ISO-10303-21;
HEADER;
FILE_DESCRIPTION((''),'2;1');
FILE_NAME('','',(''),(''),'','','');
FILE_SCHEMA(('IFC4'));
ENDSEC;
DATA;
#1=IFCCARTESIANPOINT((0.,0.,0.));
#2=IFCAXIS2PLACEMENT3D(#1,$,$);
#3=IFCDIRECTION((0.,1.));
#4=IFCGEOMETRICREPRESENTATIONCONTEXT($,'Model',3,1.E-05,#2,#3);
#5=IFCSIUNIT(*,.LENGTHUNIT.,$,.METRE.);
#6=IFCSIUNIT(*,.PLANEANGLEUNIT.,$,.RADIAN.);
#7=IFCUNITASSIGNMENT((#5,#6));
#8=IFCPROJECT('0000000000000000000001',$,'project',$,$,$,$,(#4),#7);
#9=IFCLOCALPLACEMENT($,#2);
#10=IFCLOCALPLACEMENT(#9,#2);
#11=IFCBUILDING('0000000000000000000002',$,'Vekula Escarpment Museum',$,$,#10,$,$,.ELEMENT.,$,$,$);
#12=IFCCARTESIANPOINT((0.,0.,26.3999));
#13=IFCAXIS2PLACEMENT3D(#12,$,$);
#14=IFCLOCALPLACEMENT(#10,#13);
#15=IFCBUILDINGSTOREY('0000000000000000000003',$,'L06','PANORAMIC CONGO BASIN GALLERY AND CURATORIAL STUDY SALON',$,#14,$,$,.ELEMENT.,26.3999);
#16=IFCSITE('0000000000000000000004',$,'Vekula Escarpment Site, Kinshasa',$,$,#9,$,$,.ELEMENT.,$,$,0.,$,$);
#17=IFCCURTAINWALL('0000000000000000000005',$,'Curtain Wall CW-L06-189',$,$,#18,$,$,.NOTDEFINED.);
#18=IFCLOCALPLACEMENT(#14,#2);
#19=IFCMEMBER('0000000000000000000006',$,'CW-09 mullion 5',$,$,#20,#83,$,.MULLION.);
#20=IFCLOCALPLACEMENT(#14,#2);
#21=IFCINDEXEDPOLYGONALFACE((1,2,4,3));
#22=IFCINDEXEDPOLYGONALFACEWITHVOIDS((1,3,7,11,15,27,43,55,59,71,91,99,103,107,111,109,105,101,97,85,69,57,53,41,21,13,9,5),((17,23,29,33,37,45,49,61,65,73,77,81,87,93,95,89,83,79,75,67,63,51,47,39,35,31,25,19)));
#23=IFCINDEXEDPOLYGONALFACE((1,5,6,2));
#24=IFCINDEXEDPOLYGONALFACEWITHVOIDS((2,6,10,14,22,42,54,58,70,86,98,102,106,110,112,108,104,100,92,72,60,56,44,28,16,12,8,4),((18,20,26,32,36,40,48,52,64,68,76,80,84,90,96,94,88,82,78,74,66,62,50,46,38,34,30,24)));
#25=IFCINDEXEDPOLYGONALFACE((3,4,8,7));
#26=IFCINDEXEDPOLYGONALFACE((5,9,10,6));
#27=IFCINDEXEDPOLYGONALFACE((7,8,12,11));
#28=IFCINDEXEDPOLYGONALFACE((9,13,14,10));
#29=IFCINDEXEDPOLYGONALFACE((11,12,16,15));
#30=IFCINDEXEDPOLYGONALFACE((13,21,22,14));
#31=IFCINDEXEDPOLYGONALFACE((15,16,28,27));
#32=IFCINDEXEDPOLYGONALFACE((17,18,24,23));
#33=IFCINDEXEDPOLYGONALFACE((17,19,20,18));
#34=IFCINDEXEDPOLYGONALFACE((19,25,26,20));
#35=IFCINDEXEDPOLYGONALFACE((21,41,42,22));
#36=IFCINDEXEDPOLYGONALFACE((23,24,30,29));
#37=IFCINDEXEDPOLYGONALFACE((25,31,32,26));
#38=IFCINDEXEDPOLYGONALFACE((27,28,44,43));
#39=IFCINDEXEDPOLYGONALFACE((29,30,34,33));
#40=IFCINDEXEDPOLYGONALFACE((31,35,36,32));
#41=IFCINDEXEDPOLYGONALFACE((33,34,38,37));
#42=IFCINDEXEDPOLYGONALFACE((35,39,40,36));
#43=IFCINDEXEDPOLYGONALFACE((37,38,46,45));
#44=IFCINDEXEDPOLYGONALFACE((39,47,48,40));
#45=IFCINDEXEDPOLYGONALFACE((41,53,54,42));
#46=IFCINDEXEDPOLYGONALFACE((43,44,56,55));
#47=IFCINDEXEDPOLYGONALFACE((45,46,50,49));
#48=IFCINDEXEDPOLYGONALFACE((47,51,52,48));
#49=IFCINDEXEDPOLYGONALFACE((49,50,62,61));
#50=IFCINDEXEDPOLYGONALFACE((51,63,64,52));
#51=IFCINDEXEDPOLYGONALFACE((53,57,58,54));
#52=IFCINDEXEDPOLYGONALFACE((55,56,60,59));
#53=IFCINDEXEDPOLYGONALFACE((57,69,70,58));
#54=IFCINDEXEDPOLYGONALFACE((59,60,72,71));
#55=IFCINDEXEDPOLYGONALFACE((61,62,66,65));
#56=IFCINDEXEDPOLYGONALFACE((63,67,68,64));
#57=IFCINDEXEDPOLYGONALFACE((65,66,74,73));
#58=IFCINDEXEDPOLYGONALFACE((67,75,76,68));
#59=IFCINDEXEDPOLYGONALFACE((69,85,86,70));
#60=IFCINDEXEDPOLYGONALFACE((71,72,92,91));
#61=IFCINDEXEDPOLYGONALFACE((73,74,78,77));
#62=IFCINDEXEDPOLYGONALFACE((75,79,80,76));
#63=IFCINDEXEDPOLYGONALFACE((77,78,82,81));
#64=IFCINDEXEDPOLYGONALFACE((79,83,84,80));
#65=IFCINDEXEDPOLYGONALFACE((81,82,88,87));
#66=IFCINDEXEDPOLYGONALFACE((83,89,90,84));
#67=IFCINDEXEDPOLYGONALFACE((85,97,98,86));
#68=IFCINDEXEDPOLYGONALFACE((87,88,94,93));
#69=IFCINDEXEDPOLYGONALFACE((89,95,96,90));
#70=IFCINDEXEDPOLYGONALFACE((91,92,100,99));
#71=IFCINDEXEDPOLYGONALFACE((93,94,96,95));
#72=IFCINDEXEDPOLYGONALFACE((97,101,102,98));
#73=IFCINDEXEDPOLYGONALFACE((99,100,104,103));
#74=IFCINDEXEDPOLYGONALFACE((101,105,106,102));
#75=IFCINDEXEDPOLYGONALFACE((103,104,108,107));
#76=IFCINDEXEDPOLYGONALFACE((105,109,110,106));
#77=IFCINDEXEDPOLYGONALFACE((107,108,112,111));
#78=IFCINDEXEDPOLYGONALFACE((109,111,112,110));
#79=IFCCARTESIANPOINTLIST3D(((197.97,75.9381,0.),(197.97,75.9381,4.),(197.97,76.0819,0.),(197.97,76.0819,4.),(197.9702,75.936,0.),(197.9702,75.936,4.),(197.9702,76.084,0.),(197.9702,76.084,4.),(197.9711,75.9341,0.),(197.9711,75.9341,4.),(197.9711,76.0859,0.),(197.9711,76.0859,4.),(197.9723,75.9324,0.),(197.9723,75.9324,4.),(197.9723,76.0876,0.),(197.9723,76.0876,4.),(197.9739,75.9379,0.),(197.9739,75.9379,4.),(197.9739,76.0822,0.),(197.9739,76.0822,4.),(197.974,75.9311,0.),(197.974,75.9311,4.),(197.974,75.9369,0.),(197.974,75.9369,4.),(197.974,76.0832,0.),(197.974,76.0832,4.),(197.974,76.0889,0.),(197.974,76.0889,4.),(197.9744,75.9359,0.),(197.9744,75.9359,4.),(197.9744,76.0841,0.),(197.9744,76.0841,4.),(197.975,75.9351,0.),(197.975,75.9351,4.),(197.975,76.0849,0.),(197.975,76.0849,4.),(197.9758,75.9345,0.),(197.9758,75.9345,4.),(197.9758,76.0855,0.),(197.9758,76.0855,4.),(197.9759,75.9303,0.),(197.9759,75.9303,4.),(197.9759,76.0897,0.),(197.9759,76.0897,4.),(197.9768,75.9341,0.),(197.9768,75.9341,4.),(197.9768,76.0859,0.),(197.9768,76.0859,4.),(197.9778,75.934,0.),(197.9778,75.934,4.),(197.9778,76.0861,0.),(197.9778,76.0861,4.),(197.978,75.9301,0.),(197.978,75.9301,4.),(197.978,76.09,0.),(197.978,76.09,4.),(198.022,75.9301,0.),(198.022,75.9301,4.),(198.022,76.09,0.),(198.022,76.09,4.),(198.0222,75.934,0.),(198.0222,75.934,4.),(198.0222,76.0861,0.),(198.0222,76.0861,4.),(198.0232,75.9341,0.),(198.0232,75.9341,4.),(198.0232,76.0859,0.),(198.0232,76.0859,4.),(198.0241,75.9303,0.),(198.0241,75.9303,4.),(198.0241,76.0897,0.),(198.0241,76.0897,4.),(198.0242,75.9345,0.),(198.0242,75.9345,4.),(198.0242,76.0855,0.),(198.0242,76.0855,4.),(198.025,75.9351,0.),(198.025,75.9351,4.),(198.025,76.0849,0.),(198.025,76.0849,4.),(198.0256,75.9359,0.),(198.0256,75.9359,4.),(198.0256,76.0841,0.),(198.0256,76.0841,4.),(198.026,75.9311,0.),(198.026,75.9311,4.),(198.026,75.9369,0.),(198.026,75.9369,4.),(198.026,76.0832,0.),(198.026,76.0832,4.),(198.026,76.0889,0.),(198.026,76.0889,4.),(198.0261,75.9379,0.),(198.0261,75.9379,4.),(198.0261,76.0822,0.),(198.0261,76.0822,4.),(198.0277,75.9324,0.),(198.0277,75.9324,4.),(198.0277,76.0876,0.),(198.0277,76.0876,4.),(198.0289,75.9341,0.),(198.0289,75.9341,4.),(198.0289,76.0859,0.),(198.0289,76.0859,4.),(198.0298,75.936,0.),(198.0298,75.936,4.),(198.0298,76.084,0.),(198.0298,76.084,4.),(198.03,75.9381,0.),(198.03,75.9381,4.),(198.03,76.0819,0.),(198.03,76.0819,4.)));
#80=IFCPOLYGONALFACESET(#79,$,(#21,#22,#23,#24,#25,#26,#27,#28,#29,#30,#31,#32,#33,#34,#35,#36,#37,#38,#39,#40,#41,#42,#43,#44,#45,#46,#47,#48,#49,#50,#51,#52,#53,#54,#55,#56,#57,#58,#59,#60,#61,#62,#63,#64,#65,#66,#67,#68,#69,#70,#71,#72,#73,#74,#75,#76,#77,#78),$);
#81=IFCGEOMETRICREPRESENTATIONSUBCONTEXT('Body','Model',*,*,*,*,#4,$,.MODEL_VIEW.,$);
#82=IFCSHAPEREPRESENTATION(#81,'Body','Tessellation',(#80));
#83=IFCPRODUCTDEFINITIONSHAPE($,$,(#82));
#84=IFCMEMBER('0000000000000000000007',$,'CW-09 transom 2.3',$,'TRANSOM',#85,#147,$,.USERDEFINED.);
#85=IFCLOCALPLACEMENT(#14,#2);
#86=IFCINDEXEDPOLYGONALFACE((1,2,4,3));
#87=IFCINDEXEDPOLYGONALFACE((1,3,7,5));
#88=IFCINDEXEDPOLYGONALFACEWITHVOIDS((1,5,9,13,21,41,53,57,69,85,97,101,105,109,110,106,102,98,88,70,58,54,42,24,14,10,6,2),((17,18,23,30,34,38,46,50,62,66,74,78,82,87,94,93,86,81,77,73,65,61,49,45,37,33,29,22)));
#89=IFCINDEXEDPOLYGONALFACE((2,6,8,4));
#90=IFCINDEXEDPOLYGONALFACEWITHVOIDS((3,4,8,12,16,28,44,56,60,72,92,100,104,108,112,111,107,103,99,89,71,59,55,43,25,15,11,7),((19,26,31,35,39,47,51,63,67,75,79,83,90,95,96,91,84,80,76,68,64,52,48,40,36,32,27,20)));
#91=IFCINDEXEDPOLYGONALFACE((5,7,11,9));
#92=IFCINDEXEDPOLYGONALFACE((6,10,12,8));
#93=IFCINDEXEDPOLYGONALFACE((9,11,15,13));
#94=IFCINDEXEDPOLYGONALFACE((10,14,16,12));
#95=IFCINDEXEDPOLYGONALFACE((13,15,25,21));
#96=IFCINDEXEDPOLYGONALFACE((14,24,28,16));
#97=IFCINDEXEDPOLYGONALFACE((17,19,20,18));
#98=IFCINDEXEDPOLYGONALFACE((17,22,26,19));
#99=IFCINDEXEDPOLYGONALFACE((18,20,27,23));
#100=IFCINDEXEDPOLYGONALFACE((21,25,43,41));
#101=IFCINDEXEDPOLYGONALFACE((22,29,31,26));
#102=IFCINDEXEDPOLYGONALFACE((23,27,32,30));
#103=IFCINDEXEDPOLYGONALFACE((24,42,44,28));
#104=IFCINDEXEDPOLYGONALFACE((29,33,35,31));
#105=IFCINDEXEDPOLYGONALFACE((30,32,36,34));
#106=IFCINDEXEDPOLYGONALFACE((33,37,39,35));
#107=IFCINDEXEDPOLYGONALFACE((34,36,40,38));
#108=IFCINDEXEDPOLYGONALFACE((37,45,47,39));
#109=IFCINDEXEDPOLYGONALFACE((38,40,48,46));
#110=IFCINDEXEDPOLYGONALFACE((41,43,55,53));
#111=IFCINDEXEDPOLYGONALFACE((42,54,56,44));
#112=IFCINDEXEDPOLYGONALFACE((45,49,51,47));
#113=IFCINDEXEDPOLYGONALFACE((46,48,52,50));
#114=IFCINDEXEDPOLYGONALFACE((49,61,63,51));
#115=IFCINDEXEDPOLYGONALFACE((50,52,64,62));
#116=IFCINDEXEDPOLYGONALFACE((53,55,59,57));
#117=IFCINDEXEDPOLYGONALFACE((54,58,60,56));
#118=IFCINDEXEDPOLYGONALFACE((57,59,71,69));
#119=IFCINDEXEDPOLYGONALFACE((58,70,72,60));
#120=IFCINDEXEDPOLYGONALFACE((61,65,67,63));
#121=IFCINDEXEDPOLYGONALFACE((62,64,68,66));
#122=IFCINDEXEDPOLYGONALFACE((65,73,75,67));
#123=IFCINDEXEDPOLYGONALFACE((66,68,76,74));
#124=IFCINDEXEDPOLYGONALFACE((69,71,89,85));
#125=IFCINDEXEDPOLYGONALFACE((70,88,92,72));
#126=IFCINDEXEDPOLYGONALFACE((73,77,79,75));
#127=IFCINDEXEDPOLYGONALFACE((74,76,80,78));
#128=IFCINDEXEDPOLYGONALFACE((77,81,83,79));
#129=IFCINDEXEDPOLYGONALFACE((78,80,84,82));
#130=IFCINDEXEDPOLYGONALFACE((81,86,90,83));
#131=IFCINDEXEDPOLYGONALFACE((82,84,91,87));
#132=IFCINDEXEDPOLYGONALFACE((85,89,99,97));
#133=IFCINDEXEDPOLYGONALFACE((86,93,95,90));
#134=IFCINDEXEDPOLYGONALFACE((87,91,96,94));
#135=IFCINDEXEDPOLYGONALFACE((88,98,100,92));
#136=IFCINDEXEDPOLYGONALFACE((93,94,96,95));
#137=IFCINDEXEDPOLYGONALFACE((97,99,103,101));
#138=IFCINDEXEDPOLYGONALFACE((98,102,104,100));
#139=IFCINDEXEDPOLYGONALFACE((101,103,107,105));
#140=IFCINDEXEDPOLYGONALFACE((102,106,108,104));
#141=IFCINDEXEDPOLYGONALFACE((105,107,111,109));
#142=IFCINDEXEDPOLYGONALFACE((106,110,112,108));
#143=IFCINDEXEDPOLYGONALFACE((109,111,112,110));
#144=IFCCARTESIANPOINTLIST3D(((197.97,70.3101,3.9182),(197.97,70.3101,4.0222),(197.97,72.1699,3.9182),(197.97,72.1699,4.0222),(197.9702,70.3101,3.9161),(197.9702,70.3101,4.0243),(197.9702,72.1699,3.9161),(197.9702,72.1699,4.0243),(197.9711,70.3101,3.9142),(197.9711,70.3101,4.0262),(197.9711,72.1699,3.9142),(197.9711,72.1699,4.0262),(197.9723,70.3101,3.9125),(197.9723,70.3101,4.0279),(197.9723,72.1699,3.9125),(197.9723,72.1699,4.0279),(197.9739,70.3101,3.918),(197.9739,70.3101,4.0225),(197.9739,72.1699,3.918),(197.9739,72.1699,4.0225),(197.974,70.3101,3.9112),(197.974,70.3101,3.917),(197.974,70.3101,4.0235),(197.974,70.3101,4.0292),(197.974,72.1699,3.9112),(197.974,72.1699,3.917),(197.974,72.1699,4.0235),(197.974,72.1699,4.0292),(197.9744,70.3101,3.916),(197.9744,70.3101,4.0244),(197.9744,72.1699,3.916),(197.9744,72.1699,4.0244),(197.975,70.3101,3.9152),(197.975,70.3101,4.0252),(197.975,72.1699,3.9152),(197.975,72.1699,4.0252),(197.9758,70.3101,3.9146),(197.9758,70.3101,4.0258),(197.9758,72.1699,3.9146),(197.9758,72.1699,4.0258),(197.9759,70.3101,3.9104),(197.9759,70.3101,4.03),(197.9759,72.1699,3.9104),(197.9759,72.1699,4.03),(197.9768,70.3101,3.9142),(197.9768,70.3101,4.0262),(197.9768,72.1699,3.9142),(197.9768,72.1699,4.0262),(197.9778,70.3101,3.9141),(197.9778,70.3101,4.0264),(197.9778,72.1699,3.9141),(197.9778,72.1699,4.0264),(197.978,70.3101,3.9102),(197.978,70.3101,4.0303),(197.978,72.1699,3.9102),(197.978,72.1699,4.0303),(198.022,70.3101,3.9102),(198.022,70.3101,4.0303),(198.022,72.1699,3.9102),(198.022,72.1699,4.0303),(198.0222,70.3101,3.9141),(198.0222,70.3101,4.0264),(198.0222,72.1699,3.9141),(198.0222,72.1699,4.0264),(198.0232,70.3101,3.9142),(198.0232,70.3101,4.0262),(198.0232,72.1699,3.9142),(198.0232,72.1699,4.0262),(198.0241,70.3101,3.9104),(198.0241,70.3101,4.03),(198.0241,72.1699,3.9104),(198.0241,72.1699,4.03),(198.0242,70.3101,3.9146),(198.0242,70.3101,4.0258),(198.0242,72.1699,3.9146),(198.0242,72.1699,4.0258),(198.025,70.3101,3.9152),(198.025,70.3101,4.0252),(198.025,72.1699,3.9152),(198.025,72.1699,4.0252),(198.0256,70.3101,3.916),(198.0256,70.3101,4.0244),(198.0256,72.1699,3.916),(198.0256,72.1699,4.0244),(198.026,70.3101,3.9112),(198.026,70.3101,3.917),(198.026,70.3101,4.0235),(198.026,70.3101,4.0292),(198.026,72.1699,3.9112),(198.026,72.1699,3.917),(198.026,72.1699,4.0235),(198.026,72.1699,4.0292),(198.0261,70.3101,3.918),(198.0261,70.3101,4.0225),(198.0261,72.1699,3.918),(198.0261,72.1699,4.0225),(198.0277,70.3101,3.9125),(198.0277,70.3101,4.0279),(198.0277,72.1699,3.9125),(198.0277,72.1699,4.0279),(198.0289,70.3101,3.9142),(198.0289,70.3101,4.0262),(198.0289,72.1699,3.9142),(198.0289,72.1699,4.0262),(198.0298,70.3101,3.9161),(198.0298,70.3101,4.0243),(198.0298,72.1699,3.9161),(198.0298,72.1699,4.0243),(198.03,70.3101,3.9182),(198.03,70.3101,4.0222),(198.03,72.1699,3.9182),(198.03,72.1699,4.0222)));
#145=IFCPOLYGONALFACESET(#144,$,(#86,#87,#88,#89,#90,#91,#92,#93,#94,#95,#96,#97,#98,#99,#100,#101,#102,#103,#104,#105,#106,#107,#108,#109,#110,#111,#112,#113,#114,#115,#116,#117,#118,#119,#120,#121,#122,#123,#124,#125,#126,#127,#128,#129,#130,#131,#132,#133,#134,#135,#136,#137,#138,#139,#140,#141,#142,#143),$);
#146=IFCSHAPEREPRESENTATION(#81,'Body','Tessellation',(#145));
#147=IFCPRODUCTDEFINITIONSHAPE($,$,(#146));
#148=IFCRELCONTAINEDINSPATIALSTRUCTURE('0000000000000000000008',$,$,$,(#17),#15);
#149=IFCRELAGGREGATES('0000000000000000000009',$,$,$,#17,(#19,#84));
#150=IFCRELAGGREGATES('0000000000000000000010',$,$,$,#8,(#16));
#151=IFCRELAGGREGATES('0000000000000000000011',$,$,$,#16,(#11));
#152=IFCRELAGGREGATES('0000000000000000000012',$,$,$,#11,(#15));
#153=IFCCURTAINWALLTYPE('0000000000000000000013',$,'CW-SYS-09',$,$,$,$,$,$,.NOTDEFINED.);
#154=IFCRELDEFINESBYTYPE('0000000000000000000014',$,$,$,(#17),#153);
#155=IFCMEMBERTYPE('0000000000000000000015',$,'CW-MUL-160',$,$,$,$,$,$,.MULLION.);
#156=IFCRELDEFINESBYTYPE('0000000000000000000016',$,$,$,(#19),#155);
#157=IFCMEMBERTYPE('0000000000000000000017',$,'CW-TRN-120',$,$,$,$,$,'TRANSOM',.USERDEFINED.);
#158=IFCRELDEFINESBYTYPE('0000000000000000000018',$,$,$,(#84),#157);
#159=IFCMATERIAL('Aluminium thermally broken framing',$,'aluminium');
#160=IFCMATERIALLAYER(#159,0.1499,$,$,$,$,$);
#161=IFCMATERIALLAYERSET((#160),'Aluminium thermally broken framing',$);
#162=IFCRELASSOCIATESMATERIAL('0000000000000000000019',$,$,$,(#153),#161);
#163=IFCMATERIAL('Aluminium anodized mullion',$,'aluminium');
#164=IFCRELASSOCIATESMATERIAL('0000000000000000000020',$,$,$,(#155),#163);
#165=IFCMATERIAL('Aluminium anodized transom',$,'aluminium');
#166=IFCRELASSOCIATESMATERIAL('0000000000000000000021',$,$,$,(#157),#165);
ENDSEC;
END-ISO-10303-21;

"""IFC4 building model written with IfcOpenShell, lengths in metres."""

from ifc_helpers import new_model, si_unit, direction, frame, origin, origin_2d, place, context, subcontext, project, spatial, hollow_rectangle, extrude, material, layer, layer_set, material_profile, profile_set, type_object, element, aggregate, save


model = new_model("IFC4")

# Units and contexts
model_context = context("Model", 3, precision=1e-05, world=origin(), true_north=direction((0.0, 1.0)))
body_context = subcontext(model_context, "Body", "Model", "MODEL_VIEW")
ifc_project = project(units=[si_unit("LENGTHUNIT", "METRE"), si_unit("PLANEANGLEUNIT", "RADIAN")], contexts=[model_context])

# Site, building, storey
site_placement = place(None, origin())
site = spatial("IfcSite", under=ifc_project, at=site_placement, Name="Vekula Escarpment Site, Kinshasa", CompositionType="ELEMENT", RefElevation=0.0)
building_placement = place(site_placement, origin())
building = spatial("IfcBuilding", under=site, at=building_placement, Name="Vekula Escarpment Museum", CompositionType="ELEMENT")
storey_placement = place(building_placement, frame((0.0, 0.0, 26.3999)))
storey = spatial("IfcBuildingStorey", under=building, at=storey_placement, Name="L06", Description="PANORAMIC CONGO BASIN GALLERY AND CURATORIAL STUDY SALON", CompositionType="ELEMENT", Elevation=26.3999)

# Curtain wall, members
ifc_material_1 = material(Name="Aluminium thermally broken framing", Category="aluminium")
ifc_layer_1 = layer(ifc_material_1, 0.1499)
ifc_layer_set_1 = layer_set([ifc_layer_1], Name="Aluminium thermally broken framing")
curtain_wall_type = type_object("IfcCurtainWallType", Name="CW-SYS-09", PredefinedType="NOTDEFINED", material=ifc_layer_set_1)
curtain_wall_placement = place(storey_placement, origin())
curtain_wall = element("IfcCurtainWall", 1, at=curtain_wall_placement, inside=storey, type_object=curtain_wall_type, Name="Curtain Wall CW-L06-189", PredefinedType="NOTDEFINED")
ifc_material_2 = material(Name="Aluminium anodized mullion", Category="aluminium")
ifc_material_profile_1 = material_profile(ifc_material_2, hollow_rectangle(XDim=0.0601, YDim=0.1599, WallThickness=0.0039, InnerFilletRadius=0.0039, OuterFilletRadius=0.0081, at=origin_2d()), Name="ALU 160x60x4")
ifc_profile_set_1 = profile_set([ifc_material_profile_1], Name="Aluminium anodized mullion")
member_type_1 = type_object("IfcMemberType", Name="CW-MUL-160", PredefinedType="MULLION", material=ifc_profile_set_1)
member_1_placement = place(storey_placement, frame((198.0, 76.01, 0.0), z_axis=(0.0, 0.0, 1.0), x_axis=(-1.0, 0.0, 0.0)))
member_1 = element("IfcMember", 2, at=member_1_placement, type_object=member_type_1, Name="CW-09 mullion 5", PredefinedType="MULLION", context=body_context, shape_type="SweptSolid", body=[
    extrude(hollow_rectangle(XDim=0.0601, YDim=0.1599, WallThickness=0.0039, InnerFilletRadius=0.0039, OuterFilletRadius=0.0081, at=origin_2d()), origin(), (0.0, 0.0, 1.0), 4.0),
])
ifc_material_3 = material(Name="Aluminium anodized transom", Category="aluminium")
ifc_material_profile_2 = material_profile(ifc_material_3, hollow_rectangle(XDim=0.0601, YDim=0.1201, WallThickness=0.0039, InnerFilletRadius=0.0039, OuterFilletRadius=0.0081, at=origin_2d()), Name="ALU 120x60x4")
ifc_profile_set_2 = profile_set([ifc_material_profile_2], Name="Aluminium anodized transom")
member_type_2 = type_object("IfcMemberType", Name="CW-TRN-120", ElementType="TRANSOM", PredefinedType="USERDEFINED", material=ifc_profile_set_2)
member_2_placement = place(storey_placement, frame((198.0, 70.3101, 3.9702), z_axis=(0.0, 1.0, 0.0), x_axis=(-1.0, 0.0, 0.0)))
member_2 = element("IfcMember", 3, at=member_2_placement, type_object=member_type_2, Name="CW-09 transom 2.3", ObjectType="TRANSOM", PredefinedType="USERDEFINED", context=body_context, shape_type="SweptSolid", body=[
    extrude(hollow_rectangle(XDim=0.0601, YDim=0.1201, WallThickness=0.0039, InnerFilletRadius=0.0039, OuterFilletRadius=0.0081, at=origin_2d()), origin(), (0.0, 0.0, 1.0), 1.8599),
])

aggregate(curtain_wall, [member_1, member_2])

save(model, "model.ifc")
